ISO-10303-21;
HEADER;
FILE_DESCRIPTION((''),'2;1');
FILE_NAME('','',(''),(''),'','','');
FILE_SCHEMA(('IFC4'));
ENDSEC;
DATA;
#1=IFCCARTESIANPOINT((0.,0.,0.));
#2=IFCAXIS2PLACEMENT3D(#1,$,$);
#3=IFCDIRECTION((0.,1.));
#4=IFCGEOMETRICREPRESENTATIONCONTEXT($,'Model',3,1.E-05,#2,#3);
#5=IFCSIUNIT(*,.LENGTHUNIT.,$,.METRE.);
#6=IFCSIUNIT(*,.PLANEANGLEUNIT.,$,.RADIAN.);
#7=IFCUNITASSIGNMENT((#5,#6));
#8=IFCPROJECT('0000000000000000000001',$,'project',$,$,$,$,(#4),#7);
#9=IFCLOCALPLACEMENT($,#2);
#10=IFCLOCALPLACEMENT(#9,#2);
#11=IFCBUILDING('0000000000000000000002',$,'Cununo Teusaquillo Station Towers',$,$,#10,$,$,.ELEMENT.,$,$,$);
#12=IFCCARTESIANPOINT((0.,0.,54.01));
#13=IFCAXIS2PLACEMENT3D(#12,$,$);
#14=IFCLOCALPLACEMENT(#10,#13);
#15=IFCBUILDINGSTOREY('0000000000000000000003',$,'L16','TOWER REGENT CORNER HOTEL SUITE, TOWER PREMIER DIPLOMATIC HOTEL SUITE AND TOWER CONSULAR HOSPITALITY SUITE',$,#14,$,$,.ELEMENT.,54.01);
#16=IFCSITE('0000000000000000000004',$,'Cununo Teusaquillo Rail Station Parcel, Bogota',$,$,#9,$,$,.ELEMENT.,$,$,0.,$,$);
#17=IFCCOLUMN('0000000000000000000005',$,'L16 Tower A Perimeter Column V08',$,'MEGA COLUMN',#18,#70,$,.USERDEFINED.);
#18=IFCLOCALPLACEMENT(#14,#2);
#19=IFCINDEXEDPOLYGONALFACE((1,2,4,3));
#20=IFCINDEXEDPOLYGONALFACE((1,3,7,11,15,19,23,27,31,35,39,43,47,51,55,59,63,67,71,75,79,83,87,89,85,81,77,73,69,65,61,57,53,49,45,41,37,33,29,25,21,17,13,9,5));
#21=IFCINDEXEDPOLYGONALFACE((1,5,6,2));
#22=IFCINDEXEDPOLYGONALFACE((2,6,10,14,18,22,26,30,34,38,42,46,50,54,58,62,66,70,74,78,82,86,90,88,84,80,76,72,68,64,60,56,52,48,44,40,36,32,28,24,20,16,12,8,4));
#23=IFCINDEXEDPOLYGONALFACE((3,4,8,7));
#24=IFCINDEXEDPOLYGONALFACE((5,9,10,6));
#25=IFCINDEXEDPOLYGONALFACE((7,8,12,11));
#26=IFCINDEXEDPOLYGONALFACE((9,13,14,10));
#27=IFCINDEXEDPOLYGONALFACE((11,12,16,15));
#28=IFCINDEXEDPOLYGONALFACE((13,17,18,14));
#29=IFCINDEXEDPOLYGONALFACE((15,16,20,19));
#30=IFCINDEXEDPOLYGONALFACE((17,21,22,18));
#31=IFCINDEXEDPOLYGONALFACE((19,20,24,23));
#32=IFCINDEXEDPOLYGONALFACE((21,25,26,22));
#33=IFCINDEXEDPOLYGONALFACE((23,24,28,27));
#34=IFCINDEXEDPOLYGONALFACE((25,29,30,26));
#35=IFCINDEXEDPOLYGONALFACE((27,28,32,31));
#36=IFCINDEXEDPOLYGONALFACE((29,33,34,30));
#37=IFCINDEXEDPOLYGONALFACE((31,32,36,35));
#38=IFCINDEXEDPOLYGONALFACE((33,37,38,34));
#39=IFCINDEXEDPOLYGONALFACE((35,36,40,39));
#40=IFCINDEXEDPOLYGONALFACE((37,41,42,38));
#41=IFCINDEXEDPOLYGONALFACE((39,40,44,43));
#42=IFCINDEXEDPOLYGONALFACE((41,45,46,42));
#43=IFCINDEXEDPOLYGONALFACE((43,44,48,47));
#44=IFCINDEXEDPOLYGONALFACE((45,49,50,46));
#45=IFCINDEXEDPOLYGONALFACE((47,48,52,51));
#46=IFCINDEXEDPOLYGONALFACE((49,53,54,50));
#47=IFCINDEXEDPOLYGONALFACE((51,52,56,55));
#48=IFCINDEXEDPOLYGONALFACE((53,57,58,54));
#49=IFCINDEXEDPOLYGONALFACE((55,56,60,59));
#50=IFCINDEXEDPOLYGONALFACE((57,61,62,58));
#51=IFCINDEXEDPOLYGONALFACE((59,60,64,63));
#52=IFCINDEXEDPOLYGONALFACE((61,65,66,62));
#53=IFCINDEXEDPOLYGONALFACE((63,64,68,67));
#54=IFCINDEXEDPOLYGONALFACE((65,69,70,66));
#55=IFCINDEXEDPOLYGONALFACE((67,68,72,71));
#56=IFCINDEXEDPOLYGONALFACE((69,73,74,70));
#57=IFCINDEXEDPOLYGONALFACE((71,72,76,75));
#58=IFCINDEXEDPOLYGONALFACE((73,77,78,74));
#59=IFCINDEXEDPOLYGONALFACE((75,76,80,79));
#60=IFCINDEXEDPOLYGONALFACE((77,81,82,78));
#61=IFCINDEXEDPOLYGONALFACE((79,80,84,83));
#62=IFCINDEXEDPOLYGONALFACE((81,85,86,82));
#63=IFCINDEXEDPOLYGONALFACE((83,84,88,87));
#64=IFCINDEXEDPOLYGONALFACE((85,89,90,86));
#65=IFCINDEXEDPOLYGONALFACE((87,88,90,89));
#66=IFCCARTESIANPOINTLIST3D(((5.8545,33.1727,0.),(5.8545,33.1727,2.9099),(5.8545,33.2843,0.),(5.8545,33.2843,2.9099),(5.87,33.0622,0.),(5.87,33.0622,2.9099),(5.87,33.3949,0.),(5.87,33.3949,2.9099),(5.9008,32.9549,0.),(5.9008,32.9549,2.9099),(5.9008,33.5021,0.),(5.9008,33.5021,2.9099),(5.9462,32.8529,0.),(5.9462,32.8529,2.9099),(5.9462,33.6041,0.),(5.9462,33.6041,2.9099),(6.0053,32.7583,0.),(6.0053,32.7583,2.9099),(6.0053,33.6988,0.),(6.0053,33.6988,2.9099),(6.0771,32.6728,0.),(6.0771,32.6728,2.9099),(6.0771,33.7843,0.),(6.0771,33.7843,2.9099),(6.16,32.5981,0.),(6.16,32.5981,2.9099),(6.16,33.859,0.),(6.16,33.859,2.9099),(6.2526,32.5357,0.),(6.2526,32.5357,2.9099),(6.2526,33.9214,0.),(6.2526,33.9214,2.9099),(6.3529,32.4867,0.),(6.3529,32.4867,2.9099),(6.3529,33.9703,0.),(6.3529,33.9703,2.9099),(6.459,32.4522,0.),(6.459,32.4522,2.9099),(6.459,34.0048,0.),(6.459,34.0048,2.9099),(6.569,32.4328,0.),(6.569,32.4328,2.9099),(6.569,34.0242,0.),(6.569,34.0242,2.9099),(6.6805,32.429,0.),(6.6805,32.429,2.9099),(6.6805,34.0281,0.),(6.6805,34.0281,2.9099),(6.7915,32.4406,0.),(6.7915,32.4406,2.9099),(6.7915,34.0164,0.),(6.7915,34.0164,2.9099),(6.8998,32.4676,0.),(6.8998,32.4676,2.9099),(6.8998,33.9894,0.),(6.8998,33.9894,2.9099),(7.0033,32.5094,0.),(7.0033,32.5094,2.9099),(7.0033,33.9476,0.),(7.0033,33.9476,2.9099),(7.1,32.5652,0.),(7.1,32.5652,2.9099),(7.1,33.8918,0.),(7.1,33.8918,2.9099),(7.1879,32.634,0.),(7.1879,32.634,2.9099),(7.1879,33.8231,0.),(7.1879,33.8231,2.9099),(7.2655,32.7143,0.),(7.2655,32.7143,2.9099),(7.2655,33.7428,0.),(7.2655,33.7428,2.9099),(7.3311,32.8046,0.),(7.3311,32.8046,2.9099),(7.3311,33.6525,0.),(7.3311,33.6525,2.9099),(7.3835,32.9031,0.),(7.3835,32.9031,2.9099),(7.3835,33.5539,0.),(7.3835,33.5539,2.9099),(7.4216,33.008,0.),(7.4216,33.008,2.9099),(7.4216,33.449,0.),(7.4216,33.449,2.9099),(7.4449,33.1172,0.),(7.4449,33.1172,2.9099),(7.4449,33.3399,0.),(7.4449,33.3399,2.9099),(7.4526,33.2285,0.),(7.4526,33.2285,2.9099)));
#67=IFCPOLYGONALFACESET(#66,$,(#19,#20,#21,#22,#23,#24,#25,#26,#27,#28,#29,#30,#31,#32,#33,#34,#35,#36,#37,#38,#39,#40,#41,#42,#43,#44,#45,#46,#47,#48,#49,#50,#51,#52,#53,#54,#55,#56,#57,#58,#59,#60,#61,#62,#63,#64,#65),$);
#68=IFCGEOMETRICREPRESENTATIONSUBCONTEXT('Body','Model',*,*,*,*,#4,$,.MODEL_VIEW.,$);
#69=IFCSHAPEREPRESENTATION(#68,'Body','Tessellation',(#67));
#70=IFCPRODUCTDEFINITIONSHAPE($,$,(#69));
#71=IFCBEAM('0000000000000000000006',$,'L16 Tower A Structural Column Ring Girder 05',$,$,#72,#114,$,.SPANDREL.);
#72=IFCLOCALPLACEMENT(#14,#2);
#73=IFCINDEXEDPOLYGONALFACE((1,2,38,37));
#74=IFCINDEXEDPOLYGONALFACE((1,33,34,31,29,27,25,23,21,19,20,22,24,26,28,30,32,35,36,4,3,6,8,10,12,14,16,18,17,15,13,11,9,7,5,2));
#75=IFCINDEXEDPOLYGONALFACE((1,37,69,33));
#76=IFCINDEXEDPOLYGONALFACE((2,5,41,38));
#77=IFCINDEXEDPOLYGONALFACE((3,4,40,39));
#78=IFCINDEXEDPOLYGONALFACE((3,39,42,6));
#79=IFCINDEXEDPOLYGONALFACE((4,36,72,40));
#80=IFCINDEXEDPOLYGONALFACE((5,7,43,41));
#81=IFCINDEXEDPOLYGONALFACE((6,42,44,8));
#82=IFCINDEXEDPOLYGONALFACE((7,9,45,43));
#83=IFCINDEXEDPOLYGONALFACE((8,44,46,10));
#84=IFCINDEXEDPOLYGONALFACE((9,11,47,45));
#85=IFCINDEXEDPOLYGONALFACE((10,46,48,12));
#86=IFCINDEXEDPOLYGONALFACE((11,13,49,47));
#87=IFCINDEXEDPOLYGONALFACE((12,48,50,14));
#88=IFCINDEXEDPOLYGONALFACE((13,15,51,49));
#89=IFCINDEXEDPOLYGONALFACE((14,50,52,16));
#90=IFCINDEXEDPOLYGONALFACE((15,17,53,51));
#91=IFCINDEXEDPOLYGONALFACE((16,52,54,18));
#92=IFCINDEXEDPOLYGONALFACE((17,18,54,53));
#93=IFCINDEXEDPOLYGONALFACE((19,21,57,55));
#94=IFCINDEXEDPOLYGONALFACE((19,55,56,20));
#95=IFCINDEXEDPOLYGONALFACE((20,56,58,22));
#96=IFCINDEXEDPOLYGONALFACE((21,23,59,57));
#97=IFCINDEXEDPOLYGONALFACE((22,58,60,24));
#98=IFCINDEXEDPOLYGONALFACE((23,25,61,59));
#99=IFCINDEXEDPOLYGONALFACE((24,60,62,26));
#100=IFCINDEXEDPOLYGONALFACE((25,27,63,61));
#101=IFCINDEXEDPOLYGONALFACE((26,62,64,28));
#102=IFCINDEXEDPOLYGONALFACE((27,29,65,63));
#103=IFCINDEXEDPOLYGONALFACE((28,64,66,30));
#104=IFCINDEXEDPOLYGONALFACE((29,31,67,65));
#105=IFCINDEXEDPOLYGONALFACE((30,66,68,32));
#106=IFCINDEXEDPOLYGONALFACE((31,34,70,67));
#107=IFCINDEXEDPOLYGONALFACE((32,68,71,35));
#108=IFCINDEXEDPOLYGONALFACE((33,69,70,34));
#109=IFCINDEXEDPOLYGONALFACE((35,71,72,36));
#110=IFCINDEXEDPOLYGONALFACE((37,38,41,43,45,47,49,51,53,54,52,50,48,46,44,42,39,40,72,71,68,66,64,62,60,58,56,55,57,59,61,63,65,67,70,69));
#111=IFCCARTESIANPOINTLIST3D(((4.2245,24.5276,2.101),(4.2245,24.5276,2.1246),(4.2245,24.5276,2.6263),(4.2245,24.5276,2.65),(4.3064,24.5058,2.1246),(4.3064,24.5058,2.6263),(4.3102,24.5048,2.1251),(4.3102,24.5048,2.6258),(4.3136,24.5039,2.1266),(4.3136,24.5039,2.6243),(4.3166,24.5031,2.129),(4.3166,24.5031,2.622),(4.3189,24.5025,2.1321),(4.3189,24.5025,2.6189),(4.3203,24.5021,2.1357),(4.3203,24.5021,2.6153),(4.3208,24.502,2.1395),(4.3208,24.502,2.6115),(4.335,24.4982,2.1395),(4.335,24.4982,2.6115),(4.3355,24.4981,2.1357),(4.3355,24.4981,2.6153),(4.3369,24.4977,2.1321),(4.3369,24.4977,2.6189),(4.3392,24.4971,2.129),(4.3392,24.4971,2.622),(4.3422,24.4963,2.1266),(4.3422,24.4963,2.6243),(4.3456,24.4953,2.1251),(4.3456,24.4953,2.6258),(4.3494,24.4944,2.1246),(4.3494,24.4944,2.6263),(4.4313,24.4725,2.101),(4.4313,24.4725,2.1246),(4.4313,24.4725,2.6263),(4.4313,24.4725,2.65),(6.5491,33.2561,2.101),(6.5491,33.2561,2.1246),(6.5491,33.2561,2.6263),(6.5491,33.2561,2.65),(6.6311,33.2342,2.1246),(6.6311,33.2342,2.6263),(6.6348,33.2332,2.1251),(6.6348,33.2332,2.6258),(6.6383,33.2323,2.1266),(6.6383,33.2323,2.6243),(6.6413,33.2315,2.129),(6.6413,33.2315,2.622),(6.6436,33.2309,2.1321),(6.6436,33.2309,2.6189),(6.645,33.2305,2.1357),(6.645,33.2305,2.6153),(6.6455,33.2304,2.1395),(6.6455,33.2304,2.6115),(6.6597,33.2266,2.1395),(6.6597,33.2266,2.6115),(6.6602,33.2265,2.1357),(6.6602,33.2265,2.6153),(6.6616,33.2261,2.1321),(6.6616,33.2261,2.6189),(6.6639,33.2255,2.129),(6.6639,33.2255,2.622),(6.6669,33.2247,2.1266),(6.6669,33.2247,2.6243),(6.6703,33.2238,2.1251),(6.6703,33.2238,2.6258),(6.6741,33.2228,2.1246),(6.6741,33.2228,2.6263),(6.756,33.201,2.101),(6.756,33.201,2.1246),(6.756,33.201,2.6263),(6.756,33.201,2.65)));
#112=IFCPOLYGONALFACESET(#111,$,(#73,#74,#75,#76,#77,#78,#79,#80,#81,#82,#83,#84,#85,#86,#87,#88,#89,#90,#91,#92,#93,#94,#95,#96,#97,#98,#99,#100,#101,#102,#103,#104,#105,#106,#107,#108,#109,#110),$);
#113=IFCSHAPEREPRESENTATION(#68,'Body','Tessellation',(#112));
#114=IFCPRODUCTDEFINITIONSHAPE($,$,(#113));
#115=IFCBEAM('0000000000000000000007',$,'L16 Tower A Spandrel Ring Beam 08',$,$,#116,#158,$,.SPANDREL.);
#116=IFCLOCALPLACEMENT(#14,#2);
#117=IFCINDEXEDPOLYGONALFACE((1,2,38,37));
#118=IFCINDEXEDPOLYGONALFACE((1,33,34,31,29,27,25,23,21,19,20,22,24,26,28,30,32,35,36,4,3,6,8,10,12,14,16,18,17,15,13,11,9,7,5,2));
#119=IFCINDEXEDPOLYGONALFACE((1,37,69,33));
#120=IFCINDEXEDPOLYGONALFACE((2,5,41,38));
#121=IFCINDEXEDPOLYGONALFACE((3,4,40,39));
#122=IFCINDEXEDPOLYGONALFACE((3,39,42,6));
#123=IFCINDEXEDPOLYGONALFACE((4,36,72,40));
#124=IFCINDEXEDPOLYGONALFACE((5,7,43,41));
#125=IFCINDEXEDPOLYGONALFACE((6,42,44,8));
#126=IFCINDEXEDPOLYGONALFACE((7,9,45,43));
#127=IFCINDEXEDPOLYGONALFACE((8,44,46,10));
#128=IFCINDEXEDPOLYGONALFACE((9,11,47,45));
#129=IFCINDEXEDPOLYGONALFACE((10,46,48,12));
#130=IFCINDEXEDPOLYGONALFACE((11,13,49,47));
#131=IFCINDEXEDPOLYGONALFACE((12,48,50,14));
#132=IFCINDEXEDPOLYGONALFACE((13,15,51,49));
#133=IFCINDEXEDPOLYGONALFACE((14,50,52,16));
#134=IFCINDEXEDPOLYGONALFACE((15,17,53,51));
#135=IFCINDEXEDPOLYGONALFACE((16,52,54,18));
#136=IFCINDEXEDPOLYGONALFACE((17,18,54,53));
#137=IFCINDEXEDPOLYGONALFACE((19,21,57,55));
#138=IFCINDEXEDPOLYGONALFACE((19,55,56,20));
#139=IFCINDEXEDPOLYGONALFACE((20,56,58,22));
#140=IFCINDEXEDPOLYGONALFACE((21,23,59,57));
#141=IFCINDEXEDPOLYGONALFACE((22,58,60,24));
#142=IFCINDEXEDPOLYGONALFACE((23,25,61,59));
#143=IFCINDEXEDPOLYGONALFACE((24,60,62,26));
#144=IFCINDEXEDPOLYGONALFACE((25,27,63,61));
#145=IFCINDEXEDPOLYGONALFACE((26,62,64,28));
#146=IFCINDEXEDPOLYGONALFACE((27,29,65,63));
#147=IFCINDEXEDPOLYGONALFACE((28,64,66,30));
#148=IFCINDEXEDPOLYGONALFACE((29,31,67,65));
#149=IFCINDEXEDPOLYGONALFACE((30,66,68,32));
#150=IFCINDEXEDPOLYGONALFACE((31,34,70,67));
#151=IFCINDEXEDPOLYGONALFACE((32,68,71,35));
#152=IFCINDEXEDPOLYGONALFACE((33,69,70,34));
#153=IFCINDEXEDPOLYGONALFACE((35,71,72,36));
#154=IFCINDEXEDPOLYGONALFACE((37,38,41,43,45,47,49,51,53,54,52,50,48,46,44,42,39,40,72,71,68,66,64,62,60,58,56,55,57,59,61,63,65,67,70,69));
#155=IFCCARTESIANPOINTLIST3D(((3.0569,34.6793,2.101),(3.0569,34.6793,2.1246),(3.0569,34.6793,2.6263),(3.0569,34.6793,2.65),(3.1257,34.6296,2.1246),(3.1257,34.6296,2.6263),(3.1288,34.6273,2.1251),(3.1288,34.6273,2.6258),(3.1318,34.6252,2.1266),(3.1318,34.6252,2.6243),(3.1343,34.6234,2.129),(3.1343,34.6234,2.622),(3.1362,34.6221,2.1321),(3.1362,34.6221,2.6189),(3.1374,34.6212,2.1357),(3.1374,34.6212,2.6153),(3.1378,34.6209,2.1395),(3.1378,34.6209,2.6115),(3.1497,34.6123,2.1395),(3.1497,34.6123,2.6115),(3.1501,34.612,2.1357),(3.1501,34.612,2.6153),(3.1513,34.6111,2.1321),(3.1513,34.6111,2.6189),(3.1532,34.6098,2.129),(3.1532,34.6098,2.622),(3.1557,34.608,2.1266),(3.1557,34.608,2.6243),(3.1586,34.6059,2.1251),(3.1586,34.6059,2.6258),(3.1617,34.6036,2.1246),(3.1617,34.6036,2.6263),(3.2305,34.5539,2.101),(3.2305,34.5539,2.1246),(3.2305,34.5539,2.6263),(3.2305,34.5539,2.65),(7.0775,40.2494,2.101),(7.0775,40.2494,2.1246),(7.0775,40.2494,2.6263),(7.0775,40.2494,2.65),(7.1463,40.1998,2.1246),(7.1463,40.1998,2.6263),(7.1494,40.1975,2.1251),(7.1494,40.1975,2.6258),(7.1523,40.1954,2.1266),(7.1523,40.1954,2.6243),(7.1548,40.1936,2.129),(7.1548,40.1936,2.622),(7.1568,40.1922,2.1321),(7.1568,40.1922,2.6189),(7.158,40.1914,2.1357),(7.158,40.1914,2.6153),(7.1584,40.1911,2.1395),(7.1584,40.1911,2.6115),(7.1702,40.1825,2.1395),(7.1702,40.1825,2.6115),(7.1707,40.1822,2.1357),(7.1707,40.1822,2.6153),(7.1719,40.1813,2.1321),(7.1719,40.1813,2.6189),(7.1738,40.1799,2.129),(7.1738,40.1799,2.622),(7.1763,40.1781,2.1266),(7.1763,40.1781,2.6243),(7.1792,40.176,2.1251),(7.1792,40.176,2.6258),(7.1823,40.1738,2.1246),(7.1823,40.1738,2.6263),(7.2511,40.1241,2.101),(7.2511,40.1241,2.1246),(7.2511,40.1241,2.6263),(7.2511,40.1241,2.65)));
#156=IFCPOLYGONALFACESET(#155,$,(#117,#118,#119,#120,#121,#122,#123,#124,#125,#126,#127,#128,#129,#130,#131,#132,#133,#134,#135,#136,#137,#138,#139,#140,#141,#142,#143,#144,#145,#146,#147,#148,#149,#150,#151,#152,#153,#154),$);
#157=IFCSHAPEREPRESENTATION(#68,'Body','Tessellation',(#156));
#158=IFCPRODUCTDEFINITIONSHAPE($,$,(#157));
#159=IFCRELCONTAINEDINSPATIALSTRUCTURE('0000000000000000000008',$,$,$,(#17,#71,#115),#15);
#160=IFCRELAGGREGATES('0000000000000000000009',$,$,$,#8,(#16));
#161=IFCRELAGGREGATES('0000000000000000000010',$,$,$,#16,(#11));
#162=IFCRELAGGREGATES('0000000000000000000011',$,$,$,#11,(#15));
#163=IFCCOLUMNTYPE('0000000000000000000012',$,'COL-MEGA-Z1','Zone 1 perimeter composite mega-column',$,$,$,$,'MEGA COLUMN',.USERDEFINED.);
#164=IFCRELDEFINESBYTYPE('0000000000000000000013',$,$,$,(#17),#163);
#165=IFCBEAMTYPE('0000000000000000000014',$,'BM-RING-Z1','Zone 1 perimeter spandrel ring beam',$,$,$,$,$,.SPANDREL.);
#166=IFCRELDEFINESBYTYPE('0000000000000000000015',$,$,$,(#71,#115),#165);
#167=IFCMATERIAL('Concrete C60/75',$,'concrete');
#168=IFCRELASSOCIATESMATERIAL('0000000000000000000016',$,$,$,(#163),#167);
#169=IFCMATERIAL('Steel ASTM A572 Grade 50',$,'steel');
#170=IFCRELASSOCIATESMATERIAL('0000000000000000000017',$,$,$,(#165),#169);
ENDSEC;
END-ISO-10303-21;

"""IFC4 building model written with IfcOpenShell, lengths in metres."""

from ifc_helpers import new_model, si_unit, direction, frame, origin, origin_2d, place, context, subcontext, project, spatial, circle, i_section, extrude, material, material_profile, profile_set, type_object, element, save


model = new_model("IFC4")

# Units and contexts
model_context = context("Model", 3, precision=1e-05, world=origin(), true_north=direction((0.0, 1.0)))
body_context = subcontext(model_context, "Body", "Model", "MODEL_VIEW")
ifc_project = project(units=[si_unit("LENGTHUNIT", "METRE"), si_unit("PLANEANGLEUNIT", "RADIAN")], contexts=[model_context])

# Site, building, storey
site_placement = place(None, origin())
site = spatial("IfcSite", under=ifc_project, at=site_placement, Name="Cununo Teusaquillo Rail Station Parcel, Bogota", CompositionType="ELEMENT", RefElevation=0.0)
building_placement = place(site_placement, origin())
building = spatial("IfcBuilding", under=site, at=building_placement, Name="Cununo Teusaquillo Station Towers", CompositionType="ELEMENT")
storey_placement = place(building_placement, frame((0.0, 0.0, 54.01)))
storey = spatial("IfcBuildingStorey", under=building, at=storey_placement, Name="L16", Description="TOWER REGENT CORNER HOTEL SUITE, TOWER PREMIER DIPLOMATIC HOTEL SUITE AND TOWER CONSULAR HOSPITALITY SUITE", CompositionType="ELEMENT", Elevation=54.01)

# Column
ifc_material_1 = material(Name="Concrete C60/75", Category="concrete")
ifc_material_profile_1 = material_profile(ifc_material_1, circle(Radius=0.8, at=origin_2d()), Name="RC-CIRC-1600")
ifc_profile_set_1 = profile_set([ifc_material_profile_1], Name="Concrete C60/75")
column_type = type_object("IfcColumnType", Name="COL-MEGA-Z1", Description="Zone 1 perimeter composite mega-column", ElementType="MEGA COLUMN", PredefinedType="USERDEFINED", material=ifc_profile_set_1)
column_placement = place(storey_placement, frame((6.6526, 33.2285, 0.0), z_axis=(0.0, 0.0, 1.0), x_axis=(1.0, 0.0, 0.0)))
element("IfcColumn", 1, at=column_placement, inside=storey, type_object=column_type, Name="L16 Tower A Perimeter Column V08", ObjectType="MEGA COLUMN", PredefinedType="USERDEFINED", context=body_context, shape_type="SweptSolid", body=[
    extrude(circle(Radius=0.8, at=origin_2d()), origin(), (0.0, 0.0, 1.0), 2.9099),
])

# Beams
ifc_material_2 = material(Name="Steel ASTM A572 Grade 50", Category="steel")
ifc_material_profile_2 = material_profile(ifc_material_2, i_section(OverallWidth=0.2141, OverallDepth=0.5491, WebThickness=0.0146, FlangeThickness=0.0237, FilletRadius=0.0149, at=origin_2d()), Name="W21X93")
ifc_profile_set_2 = profile_set([ifc_material_profile_2], Name="Steel ASTM A572 Grade 50")
beam_type = type_object("IfcBeamType", Name="BM-RING-Z1", Description="Zone 1 perimeter spandrel ring beam", PredefinedType="SPANDREL", material=ifc_profile_set_2)
beam_1_placement = place(storey_placement, frame((6.6526, 33.2285, 2.3755), z_axis=(-0.257363, -0.966315, 0.0), x_axis=(0.966315, -0.257363, 0.0)))
element("IfcBeam", 2, at=beam_1_placement, inside=storey, type_object=beam_type, Name="L16 Tower A Structural Column Ring Girder 05", PredefinedType="SPANDREL", context=body_context, shape_type="SweptSolid", body=[
    extrude(i_section(OverallWidth=0.2141, OverallDepth=0.5491, WebThickness=0.0146, FlangeThickness=0.0237, FilletRadius=0.0149, at=origin_2d()), origin(), (0.0, 0.0, 1.0), 9.0327),
])
beam_2_placement = place(storey_placement, frame((7.1643, 40.1868, 2.3755), z_axis=(-0.585269, -0.810839, 0.0), x_axis=(0.810839, -0.585269, 0.0)))
element("IfcBeam", 3, at=beam_2_placement, inside=storey, type_object=beam_type, Name="L16 Tower A Spandrel Ring Beam 08", PredefinedType="SPANDREL", context=body_context, shape_type="SweptSolid", body=[
    extrude(i_section(OverallWidth=0.2141, OverallDepth=0.5491, WebThickness=0.0146, FlangeThickness=0.0237, FilletRadius=0.0149, at=origin_2d()), origin(), (0.0, 0.0, 1.0), 6.8696),
])

save(model, "model.ifc")
